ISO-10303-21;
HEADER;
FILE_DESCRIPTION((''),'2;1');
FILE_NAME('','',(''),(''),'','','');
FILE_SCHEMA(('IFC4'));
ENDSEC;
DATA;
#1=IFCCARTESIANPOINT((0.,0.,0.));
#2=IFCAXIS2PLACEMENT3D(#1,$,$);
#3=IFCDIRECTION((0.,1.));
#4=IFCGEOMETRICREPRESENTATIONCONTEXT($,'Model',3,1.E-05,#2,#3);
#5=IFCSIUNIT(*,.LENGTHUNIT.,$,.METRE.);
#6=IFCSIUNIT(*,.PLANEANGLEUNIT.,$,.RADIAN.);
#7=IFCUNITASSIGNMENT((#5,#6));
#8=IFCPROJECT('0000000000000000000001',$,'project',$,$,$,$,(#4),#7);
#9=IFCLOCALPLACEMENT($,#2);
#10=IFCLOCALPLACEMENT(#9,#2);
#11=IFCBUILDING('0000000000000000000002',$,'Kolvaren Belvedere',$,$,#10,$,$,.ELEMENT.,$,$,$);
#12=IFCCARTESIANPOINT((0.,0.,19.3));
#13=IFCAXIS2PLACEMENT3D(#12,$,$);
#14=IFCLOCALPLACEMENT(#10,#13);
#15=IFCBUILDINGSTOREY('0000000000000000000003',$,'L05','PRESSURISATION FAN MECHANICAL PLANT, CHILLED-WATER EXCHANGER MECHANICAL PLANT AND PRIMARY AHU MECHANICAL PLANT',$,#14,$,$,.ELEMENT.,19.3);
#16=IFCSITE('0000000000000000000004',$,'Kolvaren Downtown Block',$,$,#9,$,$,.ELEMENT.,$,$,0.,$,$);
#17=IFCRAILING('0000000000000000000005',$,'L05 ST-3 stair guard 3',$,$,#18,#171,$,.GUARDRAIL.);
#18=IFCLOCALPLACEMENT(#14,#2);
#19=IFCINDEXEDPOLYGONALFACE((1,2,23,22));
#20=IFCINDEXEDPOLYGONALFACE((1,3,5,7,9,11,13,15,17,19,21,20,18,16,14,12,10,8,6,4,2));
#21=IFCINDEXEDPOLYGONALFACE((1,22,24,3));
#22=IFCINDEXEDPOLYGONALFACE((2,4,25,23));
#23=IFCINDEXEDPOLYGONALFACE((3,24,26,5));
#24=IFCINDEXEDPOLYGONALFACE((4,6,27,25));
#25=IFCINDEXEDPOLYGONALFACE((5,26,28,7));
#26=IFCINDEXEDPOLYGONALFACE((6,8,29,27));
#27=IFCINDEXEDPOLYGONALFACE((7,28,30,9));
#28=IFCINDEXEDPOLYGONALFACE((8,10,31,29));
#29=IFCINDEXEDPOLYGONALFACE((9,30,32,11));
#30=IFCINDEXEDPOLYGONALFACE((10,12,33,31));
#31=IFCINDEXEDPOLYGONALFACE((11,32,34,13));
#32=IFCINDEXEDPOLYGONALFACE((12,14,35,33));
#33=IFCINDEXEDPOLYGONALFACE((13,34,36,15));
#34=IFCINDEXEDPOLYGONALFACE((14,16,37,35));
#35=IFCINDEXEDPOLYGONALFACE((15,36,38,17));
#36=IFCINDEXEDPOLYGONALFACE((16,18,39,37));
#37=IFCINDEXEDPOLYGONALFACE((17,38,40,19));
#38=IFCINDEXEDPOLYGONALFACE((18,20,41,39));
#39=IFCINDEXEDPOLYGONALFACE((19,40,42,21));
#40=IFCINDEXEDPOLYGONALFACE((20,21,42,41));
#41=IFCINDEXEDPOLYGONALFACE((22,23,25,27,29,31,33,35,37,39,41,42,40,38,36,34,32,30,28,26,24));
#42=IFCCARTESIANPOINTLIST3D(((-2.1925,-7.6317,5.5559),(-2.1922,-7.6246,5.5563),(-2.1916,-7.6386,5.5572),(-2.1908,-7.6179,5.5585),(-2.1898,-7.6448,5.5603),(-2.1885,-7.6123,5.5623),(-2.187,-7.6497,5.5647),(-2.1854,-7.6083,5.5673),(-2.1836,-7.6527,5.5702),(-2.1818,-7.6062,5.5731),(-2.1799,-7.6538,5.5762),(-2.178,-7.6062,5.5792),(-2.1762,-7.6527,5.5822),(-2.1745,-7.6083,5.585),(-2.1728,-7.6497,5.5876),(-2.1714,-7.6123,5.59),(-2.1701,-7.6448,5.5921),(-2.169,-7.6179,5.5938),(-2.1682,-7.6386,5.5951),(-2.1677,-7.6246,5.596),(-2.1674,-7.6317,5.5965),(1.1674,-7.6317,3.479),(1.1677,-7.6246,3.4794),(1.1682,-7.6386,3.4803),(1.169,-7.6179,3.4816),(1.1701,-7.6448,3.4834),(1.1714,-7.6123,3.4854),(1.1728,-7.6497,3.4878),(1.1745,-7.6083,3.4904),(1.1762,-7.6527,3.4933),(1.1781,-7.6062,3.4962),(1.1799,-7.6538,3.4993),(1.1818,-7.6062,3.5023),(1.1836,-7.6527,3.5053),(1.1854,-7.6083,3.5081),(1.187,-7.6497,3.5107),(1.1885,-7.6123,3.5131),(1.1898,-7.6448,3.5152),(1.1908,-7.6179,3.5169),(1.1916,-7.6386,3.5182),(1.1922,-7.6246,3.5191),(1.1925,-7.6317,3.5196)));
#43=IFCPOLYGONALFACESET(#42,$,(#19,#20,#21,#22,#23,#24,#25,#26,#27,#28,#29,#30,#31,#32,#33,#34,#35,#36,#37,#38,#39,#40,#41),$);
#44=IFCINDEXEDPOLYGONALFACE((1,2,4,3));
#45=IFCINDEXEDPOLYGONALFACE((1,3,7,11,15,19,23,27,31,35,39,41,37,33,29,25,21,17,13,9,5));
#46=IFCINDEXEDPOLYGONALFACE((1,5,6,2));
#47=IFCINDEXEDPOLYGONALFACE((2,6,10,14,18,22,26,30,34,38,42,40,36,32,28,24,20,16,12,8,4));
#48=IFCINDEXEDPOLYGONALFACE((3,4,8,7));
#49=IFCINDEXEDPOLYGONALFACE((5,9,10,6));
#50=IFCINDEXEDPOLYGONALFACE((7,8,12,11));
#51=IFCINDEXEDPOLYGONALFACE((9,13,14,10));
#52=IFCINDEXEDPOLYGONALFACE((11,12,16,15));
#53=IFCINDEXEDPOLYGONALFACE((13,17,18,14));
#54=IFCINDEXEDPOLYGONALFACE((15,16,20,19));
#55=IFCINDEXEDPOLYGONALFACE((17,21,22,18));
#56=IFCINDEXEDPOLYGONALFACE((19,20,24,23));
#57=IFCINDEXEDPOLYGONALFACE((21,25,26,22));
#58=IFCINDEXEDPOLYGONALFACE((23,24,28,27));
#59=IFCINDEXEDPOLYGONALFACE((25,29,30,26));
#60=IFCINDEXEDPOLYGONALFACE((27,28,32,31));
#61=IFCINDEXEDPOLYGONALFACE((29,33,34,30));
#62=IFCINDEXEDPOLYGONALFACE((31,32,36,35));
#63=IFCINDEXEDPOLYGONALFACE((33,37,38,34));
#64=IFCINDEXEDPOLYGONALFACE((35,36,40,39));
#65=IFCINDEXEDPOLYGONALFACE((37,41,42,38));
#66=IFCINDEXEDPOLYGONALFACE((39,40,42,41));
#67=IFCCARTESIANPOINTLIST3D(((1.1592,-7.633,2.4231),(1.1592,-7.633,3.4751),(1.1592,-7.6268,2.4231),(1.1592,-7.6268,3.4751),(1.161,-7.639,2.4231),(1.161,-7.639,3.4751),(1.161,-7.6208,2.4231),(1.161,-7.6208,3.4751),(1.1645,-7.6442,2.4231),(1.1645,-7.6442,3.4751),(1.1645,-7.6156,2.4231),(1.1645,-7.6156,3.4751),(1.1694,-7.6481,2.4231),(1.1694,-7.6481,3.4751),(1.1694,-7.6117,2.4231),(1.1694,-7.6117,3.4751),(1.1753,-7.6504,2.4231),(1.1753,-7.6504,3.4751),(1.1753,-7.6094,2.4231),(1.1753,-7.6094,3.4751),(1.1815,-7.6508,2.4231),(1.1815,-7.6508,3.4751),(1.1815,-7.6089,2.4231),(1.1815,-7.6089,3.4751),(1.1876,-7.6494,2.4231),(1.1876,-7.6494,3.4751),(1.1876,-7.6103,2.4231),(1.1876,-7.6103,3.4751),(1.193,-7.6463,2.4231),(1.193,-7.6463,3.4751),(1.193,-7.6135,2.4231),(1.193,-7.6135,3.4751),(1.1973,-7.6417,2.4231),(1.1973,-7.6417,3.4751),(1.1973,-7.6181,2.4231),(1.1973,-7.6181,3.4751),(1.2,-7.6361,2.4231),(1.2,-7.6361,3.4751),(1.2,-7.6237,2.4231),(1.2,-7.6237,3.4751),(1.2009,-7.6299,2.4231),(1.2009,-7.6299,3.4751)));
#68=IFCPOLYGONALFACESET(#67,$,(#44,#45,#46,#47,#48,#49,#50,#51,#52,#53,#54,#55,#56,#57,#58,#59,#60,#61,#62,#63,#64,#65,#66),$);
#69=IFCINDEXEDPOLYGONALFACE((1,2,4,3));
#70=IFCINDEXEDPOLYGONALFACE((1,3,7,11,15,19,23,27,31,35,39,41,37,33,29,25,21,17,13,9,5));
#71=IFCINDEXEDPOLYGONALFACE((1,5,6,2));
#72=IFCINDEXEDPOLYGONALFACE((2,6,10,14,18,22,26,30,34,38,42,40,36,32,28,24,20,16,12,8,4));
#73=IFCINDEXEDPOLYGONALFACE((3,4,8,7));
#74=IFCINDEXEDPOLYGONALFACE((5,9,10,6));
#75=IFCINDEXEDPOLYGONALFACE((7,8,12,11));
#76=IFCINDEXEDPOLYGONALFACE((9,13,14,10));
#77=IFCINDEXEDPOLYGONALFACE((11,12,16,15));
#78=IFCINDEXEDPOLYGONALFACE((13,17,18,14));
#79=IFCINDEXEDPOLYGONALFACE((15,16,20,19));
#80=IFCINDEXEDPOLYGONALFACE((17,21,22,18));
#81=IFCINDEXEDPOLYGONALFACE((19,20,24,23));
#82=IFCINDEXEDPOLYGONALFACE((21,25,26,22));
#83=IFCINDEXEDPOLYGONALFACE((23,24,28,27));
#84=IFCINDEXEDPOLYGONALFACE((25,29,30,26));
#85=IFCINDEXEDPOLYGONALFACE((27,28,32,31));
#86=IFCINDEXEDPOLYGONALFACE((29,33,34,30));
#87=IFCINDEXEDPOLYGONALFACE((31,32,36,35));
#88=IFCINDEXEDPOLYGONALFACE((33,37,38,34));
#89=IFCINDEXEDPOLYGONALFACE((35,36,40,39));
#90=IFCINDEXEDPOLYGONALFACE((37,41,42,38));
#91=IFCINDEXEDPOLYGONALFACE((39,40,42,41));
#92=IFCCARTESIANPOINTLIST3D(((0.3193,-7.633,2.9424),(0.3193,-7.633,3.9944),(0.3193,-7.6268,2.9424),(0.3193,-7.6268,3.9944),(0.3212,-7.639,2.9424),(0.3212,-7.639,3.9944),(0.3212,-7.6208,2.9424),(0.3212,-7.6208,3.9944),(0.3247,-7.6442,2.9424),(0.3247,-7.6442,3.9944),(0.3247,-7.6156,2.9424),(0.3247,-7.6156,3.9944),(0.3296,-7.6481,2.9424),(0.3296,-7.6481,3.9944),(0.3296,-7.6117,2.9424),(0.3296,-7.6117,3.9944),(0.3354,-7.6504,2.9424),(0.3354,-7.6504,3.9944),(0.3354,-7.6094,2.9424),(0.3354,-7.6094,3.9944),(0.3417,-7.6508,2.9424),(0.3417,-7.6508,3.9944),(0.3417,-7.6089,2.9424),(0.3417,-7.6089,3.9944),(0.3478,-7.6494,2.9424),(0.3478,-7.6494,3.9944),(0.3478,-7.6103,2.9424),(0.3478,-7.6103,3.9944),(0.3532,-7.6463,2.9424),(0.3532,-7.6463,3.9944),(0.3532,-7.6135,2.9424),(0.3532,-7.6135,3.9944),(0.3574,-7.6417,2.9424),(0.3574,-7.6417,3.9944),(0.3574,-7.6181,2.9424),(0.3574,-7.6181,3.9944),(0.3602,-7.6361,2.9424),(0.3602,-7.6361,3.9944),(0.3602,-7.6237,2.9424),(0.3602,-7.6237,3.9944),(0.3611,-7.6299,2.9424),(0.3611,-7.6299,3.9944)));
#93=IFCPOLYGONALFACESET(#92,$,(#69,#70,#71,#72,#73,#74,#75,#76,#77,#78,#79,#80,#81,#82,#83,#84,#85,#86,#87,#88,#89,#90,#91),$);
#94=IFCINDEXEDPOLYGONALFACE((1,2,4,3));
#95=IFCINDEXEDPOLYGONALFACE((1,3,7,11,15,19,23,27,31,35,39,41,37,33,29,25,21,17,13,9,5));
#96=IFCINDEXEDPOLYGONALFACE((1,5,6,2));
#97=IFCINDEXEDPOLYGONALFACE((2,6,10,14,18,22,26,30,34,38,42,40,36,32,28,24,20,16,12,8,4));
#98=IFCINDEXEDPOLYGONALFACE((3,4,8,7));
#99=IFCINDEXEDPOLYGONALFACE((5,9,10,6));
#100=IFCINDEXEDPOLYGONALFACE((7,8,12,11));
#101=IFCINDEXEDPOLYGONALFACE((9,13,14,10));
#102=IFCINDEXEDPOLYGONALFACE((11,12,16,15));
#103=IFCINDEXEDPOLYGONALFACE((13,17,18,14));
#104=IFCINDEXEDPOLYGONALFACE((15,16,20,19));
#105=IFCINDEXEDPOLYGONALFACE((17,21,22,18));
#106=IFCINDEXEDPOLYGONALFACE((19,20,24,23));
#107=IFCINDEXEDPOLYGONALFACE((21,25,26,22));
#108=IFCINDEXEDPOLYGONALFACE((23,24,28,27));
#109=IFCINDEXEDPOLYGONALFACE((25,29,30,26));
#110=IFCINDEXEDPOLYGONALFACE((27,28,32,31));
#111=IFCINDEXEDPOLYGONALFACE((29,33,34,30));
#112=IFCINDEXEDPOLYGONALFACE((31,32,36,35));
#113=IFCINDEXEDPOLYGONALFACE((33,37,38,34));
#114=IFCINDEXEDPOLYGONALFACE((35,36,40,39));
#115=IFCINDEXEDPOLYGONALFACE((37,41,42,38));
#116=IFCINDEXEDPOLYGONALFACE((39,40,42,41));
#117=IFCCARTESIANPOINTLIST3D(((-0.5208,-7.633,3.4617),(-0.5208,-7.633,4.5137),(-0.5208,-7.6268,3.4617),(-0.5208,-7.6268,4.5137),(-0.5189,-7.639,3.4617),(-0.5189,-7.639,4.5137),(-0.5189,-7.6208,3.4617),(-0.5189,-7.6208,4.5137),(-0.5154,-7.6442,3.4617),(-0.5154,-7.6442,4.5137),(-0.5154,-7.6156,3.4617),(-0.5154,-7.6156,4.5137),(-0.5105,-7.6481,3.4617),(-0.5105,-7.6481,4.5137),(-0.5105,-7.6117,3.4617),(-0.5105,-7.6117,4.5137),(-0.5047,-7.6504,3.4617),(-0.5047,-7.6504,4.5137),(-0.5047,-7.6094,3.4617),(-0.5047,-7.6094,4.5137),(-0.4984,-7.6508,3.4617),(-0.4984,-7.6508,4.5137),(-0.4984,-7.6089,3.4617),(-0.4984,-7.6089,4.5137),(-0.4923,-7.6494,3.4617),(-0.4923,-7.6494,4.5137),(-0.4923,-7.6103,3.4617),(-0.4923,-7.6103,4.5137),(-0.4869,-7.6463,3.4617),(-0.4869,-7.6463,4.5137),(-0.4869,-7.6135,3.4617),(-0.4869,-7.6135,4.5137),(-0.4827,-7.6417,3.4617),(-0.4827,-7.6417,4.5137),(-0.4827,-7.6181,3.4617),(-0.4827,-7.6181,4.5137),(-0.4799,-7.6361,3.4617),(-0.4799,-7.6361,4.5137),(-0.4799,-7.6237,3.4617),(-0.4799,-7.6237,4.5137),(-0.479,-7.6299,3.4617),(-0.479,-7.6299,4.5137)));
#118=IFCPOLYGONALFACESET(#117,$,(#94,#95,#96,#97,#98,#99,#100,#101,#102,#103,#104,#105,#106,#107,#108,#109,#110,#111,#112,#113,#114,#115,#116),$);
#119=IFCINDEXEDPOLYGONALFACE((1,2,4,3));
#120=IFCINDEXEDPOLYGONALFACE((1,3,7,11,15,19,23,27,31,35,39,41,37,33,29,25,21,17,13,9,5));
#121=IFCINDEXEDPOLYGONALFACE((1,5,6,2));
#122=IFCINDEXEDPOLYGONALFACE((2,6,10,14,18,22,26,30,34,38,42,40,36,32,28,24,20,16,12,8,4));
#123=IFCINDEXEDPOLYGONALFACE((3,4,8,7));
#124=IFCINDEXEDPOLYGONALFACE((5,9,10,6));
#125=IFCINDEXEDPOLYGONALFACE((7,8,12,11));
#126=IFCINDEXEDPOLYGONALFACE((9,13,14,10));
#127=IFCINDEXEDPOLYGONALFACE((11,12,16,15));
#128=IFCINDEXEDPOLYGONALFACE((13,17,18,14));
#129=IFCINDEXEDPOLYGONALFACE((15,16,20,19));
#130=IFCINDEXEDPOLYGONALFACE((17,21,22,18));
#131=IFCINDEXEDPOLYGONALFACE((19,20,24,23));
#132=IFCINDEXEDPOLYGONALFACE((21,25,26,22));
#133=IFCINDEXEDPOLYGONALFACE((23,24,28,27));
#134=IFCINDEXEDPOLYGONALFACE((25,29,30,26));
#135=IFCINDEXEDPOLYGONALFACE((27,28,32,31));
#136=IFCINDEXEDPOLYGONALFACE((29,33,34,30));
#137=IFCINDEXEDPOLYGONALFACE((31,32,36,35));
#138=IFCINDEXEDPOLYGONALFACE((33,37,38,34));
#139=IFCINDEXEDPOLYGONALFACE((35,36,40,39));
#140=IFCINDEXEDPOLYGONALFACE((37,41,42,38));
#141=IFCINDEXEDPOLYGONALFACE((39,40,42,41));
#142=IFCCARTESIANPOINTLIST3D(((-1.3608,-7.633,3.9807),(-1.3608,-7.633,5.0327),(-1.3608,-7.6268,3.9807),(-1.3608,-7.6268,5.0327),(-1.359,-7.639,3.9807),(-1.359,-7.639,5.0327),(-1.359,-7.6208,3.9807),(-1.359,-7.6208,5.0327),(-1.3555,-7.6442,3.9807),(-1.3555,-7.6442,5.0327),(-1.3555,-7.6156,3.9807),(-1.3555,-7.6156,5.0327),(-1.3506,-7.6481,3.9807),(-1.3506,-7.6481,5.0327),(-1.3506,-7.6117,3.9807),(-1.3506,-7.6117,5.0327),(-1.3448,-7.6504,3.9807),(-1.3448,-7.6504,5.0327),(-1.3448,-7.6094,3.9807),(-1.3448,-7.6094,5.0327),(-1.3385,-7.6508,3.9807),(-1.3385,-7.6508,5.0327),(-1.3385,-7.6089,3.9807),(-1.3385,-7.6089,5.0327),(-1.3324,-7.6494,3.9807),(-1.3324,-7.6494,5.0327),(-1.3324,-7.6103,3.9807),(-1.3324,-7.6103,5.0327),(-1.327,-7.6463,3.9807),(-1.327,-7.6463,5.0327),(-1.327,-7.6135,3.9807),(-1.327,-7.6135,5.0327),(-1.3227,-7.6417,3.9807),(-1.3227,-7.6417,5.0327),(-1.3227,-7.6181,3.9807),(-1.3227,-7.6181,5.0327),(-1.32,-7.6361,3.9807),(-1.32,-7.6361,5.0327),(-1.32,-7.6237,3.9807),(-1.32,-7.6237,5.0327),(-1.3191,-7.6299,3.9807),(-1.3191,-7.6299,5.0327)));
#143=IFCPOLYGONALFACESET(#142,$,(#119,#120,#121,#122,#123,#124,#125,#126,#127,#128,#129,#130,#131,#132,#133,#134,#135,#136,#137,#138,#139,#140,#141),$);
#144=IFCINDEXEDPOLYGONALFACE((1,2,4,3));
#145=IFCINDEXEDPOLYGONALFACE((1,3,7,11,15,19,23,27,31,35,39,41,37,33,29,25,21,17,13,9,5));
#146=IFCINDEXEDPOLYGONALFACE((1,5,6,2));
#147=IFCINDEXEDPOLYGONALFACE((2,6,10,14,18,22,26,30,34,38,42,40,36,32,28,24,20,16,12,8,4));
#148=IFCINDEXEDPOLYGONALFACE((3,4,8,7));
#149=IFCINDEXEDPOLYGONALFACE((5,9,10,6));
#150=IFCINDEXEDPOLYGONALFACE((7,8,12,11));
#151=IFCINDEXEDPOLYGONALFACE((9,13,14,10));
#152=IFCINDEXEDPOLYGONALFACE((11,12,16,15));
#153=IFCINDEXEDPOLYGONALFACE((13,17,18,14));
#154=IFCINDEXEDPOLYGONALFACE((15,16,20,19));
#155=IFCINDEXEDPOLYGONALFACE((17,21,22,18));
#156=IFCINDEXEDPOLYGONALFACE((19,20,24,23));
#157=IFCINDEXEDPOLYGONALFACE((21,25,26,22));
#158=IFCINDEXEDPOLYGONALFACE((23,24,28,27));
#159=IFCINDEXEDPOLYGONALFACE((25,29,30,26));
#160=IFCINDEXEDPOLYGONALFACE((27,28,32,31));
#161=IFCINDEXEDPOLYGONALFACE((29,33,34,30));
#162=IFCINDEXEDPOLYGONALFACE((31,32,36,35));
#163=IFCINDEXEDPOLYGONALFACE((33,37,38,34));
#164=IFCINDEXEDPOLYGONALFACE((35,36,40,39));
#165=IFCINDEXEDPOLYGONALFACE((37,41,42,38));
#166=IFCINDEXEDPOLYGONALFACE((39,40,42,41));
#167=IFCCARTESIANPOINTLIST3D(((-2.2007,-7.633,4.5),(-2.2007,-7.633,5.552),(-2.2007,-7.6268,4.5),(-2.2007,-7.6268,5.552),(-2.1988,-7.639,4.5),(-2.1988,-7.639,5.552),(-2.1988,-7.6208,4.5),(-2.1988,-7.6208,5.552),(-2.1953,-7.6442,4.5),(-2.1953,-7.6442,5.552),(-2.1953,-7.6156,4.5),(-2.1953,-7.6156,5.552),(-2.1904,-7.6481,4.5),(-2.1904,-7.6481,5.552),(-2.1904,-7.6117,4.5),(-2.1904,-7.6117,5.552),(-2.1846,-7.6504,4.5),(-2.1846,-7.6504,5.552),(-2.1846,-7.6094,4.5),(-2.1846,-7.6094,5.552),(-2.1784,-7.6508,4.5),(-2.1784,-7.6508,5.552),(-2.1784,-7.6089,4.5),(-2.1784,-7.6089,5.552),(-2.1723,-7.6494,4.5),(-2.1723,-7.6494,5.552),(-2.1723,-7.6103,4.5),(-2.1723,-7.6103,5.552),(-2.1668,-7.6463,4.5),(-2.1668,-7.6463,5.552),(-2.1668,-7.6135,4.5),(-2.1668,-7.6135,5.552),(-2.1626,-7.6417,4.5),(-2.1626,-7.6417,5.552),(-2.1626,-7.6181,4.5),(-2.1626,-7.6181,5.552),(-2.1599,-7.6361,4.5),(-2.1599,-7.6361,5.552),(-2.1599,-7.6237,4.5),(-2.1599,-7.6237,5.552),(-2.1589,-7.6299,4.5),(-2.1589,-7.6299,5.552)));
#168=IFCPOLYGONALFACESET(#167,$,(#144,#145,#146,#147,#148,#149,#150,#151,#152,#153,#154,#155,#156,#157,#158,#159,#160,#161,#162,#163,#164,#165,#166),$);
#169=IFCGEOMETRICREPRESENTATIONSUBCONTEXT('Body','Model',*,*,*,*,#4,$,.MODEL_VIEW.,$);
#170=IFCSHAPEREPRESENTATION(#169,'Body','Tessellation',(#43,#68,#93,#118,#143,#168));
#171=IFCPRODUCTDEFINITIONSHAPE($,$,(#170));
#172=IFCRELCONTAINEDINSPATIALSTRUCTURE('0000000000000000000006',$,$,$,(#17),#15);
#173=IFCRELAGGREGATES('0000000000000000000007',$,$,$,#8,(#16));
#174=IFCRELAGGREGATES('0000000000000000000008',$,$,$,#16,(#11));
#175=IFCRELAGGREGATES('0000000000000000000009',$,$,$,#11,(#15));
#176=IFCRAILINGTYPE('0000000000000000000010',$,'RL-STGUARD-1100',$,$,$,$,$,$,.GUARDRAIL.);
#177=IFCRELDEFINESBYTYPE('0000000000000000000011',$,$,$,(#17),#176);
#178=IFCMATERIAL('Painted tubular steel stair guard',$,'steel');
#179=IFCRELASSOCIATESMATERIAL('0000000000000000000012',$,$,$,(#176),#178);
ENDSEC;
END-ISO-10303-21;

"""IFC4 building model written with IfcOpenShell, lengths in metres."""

from ifc_helpers import new_model, si_unit, direction, frame, origin, origin_2d, place, context, subcontext, project, spatial, circle, extrude, material, type_object, element, save


model = new_model("IFC4")

# Units and contexts
model_context = context("Model", 3, precision=1e-05, world=origin(), true_north=direction((0.0, 1.0)))
body_context = subcontext(model_context, "Body", "Model", "MODEL_VIEW")
ifc_project = project(units=[si_unit("LENGTHUNIT", "METRE"), si_unit("PLANEANGLEUNIT", "RADIAN")], contexts=[model_context])

# Site, building, storey
site_placement = place(None, origin())
site = spatial("IfcSite", under=ifc_project, at=site_placement, Name="Kolvaren Downtown Block", CompositionType="ELEMENT", RefElevation=0.0)
building_placement = place(site_placement, origin())
building = spatial("IfcBuilding", under=site, at=building_placement, Name="Kolvaren Belvedere", CompositionType="ELEMENT")
storey_placement = place(building_placement, frame((0.0, 0.0, 19.3)))
storey = spatial("IfcBuildingStorey", under=building, at=storey_placement, Name="L05", Description="PRESSURISATION FAN MECHANICAL PLANT, CHILLED-WATER EXCHANGER MECHANICAL PLANT AND PRIMARY AHU MECHANICAL PLANT", CompositionType="ELEMENT", Elevation=19.3)

# Railing
ifc_material_1 = material(Name="Painted tubular steel stair guard", Category="steel")
railing_type_1 = type_object("IfcRailingType", Name="RL-STGUARD-1100", PredefinedType="GUARDRAIL", material=ifc_material_1)
railing_1_placement = place(storey_placement, frame((1.1799, -7.6299, 2.4231)))
element("IfcRailing", 1, at=railing_1_placement, inside=storey, type_object=railing_type_1, Name="L05 ST-3 stair guard 3", PredefinedType="GUARDRAIL", context=body_context, shape_type="SweptSolid", body=[
    extrude(circle(Radius=0.0239, at=origin_2d()), frame((0.0, 0.0, 1.0762), z_axis=(-0.850606, 0.0, 0.525803), x_axis=(0.0, -1.0, 0.0)), (0.0, 0.0, 1.0), 3.95),
    extrude(circle(Radius=0.021, at=origin_2d()), origin(), (0.0, 0.0, 1.0), 1.052),
    extrude(circle(Radius=0.021, at=origin_2d()), frame((-0.8398, 0.0, 0.5193)), (0.0, 0.0, 1.0), 1.052),
    extrude(circle(Radius=0.021, at=origin_2d()), frame((-1.6799, 0.0, 1.0386)), (0.0, 0.0, 1.0), 1.052),
    extrude(circle(Radius=0.021, at=origin_2d()), frame((-2.52, 0.0, 1.5576)), (0.0, 0.0, 1.0), 1.052),
    extrude(circle(Radius=0.021, at=origin_2d()), frame((-3.3599, 0.0, 2.0769)), (0.0, 0.0, 1.0), 1.052),
])

save(model, "model.ifc")
